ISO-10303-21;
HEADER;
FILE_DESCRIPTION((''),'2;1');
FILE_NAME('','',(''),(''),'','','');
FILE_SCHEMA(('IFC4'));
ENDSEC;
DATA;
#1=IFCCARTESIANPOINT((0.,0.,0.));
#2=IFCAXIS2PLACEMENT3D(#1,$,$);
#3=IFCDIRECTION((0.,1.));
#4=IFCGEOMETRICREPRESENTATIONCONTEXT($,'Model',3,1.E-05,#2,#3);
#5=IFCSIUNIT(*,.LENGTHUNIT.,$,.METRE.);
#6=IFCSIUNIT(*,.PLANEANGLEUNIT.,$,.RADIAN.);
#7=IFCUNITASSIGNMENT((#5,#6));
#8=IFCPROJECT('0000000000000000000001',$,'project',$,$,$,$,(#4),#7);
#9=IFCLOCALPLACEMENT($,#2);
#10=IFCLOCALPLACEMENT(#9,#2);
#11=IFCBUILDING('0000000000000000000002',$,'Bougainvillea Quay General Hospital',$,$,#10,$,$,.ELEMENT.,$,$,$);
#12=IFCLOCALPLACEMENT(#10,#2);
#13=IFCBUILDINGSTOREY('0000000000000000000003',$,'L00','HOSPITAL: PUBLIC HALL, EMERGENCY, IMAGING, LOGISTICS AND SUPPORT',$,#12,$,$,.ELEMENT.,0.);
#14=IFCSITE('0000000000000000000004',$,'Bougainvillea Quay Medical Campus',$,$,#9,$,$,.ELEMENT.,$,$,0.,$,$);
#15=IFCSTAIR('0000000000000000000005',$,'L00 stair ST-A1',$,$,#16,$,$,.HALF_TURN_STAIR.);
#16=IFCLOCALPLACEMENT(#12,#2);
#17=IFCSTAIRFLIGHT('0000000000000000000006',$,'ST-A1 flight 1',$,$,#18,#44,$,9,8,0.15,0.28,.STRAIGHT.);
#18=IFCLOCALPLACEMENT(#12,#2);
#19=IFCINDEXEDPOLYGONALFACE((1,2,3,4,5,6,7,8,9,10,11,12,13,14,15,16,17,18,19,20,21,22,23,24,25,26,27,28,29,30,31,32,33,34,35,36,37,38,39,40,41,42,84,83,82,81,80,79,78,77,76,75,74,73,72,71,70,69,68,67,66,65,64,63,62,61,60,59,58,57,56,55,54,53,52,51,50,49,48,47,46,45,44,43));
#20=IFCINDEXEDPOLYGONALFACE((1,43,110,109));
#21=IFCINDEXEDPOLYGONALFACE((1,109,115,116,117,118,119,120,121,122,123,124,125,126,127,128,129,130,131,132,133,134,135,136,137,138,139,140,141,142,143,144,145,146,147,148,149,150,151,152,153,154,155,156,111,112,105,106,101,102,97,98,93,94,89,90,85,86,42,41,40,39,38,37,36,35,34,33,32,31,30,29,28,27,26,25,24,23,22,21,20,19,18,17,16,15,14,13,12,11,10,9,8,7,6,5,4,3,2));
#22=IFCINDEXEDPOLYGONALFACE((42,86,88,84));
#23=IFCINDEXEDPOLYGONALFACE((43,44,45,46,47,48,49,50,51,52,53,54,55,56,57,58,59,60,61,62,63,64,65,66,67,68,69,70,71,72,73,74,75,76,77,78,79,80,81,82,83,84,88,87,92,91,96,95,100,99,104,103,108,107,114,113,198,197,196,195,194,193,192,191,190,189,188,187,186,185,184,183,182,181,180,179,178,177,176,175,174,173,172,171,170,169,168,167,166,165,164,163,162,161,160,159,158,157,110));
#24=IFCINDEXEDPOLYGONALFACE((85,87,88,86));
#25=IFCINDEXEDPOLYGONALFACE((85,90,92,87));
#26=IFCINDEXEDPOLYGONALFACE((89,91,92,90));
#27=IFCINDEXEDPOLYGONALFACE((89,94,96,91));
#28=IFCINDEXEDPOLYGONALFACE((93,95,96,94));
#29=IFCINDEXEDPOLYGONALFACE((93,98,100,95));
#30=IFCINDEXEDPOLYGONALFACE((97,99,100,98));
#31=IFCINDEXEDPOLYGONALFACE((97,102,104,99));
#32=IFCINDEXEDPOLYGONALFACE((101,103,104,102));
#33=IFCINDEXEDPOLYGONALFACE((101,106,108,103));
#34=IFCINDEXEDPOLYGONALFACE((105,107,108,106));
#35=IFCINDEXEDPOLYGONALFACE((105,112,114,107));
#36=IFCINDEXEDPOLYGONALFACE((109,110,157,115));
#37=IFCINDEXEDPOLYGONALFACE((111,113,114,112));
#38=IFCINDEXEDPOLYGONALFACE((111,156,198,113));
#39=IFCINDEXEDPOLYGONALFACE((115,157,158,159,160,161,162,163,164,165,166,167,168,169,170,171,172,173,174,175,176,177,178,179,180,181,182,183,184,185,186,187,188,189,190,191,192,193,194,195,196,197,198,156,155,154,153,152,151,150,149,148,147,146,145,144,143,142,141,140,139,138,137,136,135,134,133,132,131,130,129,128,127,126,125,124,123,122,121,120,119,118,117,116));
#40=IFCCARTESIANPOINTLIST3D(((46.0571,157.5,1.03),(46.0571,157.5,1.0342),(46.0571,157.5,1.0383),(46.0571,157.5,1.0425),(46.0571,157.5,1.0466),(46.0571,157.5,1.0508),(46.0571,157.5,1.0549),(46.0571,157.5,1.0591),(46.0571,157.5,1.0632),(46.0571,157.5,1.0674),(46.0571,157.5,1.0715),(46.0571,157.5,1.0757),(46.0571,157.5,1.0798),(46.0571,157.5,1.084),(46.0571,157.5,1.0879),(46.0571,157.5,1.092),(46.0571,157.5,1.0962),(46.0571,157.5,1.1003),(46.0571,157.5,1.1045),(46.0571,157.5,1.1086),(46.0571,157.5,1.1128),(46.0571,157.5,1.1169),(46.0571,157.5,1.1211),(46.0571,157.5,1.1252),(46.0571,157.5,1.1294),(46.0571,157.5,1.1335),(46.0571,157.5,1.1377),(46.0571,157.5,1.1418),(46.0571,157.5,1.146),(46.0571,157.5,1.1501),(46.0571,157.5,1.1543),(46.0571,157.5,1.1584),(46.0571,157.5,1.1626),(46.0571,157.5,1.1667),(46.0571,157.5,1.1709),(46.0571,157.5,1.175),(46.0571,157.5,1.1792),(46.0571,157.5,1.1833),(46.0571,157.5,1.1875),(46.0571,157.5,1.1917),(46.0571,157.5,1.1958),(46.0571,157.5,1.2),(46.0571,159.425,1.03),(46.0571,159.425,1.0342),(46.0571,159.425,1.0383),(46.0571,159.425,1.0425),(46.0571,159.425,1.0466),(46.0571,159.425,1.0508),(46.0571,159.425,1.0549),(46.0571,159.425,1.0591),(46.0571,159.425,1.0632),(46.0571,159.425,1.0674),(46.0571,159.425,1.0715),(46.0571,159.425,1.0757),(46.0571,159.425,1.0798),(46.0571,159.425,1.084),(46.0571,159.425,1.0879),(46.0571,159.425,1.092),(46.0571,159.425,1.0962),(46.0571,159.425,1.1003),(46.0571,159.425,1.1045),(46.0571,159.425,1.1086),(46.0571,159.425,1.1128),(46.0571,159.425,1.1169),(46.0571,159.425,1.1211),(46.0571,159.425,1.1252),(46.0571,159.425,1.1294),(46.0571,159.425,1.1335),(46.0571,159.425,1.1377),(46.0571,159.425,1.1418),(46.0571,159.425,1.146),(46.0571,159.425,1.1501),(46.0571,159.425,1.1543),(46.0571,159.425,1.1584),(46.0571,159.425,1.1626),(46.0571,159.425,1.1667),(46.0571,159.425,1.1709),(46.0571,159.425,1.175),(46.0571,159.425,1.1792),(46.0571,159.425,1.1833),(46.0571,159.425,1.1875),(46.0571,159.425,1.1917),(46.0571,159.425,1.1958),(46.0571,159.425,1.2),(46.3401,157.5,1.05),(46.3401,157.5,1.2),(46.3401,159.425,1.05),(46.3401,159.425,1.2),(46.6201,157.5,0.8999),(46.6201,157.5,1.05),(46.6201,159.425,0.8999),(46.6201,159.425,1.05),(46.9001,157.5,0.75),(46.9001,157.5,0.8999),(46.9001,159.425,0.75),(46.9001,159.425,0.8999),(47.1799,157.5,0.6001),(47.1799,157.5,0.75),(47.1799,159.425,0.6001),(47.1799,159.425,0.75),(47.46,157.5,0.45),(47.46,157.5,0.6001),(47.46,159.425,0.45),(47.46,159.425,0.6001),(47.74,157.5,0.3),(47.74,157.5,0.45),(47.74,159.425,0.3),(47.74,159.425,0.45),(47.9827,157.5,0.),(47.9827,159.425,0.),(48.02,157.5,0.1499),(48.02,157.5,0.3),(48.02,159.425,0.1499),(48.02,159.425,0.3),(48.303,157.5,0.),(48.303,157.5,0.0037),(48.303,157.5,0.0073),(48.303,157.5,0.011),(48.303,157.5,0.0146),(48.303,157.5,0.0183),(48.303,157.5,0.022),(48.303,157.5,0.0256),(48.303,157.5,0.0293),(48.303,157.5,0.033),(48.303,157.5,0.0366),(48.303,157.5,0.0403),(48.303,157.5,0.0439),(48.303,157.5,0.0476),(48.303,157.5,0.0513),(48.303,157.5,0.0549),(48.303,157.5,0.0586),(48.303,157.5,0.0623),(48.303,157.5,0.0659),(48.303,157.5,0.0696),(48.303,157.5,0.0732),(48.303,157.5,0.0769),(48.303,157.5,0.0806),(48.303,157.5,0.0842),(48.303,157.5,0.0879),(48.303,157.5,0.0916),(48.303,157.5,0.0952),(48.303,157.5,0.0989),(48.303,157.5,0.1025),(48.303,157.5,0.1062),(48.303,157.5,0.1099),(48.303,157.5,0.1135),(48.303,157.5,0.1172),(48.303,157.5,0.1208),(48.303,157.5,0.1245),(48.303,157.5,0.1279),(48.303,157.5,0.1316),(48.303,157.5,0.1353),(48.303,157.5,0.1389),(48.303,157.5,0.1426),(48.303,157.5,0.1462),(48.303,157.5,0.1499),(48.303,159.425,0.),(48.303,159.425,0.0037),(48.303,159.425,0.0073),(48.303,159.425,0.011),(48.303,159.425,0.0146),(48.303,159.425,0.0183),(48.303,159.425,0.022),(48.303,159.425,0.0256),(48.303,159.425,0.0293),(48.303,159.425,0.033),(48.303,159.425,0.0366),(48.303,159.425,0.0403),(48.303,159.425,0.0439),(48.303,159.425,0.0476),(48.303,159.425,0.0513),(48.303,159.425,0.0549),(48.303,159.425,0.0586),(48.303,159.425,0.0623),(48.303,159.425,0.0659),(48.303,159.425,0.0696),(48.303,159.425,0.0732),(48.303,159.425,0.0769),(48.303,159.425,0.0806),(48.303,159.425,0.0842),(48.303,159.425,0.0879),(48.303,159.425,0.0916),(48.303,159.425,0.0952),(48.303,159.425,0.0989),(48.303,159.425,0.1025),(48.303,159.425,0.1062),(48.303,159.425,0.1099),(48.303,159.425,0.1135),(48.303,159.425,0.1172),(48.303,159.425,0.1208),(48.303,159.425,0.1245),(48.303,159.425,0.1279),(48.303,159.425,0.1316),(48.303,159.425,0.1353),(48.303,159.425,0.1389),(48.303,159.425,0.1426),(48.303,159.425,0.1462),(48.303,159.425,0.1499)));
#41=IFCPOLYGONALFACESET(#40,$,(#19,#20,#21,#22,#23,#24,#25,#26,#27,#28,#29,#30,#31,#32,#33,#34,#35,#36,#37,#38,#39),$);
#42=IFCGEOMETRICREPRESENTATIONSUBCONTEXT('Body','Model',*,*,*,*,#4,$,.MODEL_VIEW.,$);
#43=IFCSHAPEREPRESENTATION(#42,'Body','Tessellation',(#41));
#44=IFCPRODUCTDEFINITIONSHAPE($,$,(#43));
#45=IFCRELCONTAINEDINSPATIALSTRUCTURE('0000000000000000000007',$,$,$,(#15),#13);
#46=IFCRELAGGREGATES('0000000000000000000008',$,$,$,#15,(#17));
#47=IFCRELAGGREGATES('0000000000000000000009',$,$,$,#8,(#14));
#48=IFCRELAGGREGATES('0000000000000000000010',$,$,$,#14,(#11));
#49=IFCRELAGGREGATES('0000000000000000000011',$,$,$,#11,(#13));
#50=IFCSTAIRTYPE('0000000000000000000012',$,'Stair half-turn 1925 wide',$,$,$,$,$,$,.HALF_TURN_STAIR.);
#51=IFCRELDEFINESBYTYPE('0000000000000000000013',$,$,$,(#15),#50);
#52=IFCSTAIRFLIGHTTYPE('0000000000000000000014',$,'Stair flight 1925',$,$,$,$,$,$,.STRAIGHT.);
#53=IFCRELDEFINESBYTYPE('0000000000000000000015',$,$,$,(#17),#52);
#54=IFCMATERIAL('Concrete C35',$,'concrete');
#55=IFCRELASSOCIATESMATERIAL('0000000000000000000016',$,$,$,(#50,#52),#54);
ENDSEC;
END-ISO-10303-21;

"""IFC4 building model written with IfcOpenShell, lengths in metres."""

from ifc_helpers import new_model, si_unit, direction, frame, origin, place, context, subcontext, project, spatial, polyline, outline, extrude, material, type_object, element, aggregate, save


model = new_model("IFC4")

# Units and contexts
model_context = context("Model", 3, precision=1e-05, world=origin(), true_north=direction((0.0, 1.0)))
body_context = subcontext(model_context, "Body", "Model", "MODEL_VIEW")
ifc_project = project(units=[si_unit("LENGTHUNIT", "METRE"), si_unit("PLANEANGLEUNIT", "RADIAN")], contexts=[model_context])

# Site, building, storey
site_placement = place(None, origin())
site = spatial("IfcSite", under=ifc_project, at=site_placement, Name="Bougainvillea Quay Medical Campus", CompositionType="ELEMENT", RefElevation=0.0)
building_placement = place(site_placement, origin())
building = spatial("IfcBuilding", under=site, at=building_placement, Name="Bougainvillea Quay General Hospital", CompositionType="ELEMENT")
storey_placement = place(building_placement, origin())
storey = spatial("IfcBuildingStorey", under=building, at=storey_placement, Name="L00", Description="HOSPITAL: PUBLIC HALL, EMERGENCY, IMAGING, LOGISTICS AND SUPPORT", CompositionType="ELEMENT", Elevation=0.0)

# Stair, stair flight
ifc_material_1 = material(Name="Concrete C35", Category="concrete")
stair_type = type_object("IfcStairType", Name="Stair half-turn 1925 wide", PredefinedType="HALF_TURN_STAIR", material=ifc_material_1)
stair_placement = place(storey_placement, origin())
stair = element("IfcStair", 1, at=stair_placement, inside=storey, type_object=stair_type, Name="L00 stair ST-A1", PredefinedType="HALF_TURN_STAIR")
stair_flight_type = type_object("IfcStairFlightType", Name="Stair flight 1925", PredefinedType="STRAIGHT", material=ifc_material_1)
stair_flight_1_placement = place(storey_placement, frame((48.3, 158.4624, 0.0), z_axis=(0.0, 0.0, 1.0), x_axis=(-1.0, 0.0, 0.0)))
stair_flight_1 = element("IfcStairFlight", 2, at=stair_flight_1_placement, type_object=stair_flight_type, Name="ST-A1 flight 1", NumberOfRisers=9, NumberOfTreads=8, PredefinedType="STRAIGHT", RiserHeight=0.15, TreadLength=0.28, context=body_context, shape_type="SweptSolid", body=[
    extrude(outline(polyline([(-0.0029, 0.0), (-0.0029, 0.0037), (-0.0029, 0.0073), (-0.0029, 0.011), (-0.0029, 0.0146), (-0.0029, 0.0183), (-0.0029, 0.022), (-0.0029, 0.0256), (-0.0029, 0.0293), (-0.0029, 0.033), (-0.0029, 0.0366), (-0.0029, 0.0403), (-0.0029, 0.0439), (-0.0029, 0.0476), (-0.0029, 0.0513), (-0.0029, 0.0549), (-0.0029, 0.0586), (-0.0029, 0.0623), (-0.0029, 0.0659), (-0.0029, 0.0696), (-0.0029, 0.0732), (-0.0029, 0.0769), (-0.0029, 0.0806), (-0.0029, 0.0842), (-0.0029, 0.0879), (-0.0029, 0.0916), (-0.0029, 0.0952), (-0.0029, 0.0989), (-0.0029, 0.1025), (-0.0029, 0.1062), (-0.0029, 0.1099), (-0.0029, 0.1135), (-0.0029, 0.1172), (-0.0029, 0.1208), (-0.0029, 0.1245), (-0.0029, 0.1279), (-0.0029, 0.1316), (-0.0029, 0.1353), (-0.0029, 0.1389), (-0.0029, 0.1426), (-0.0029, 0.1462), (-0.0029, 0.1499), (0.28, 0.1499), (0.28, 0.3), (0.5601, 0.3), (0.5601, 0.45), (0.8401, 0.45), (0.8401, 0.6001), (1.1201, 0.6001), (1.1201, 0.75), (1.3999, 0.75), (1.3999, 0.8999), (1.6799, 0.8999), (1.6799, 1.05), (1.96, 1.05), (1.96, 1.2), (2.2429, 1.2), (2.2429, 1.1958), (2.2429, 1.1917), (2.2429, 1.1875), (2.2429, 1.1833), (2.2429, 1.1792), (2.2429, 1.175), (2.2429, 1.1709), (2.2429, 1.1667), (2.2429, 1.1626), (2.2429, 1.1584), (2.2429, 1.1543), (2.2429, 1.1501), (2.2429, 1.146), (2.2429, 1.1418), (2.2429, 1.1377), (2.2429, 1.1335), (2.2429, 1.1294), (2.2429, 1.1252), (2.2429, 1.1211), (2.2429, 1.1169), (2.2429, 1.1128), (2.2429, 1.1086), (2.2429, 1.1045), (2.2429, 1.1003), (2.2429, 1.0962), (2.2429, 1.092), (2.2429, 1.0879), (2.2429, 1.084), (2.2429, 1.0798), (2.2429, 1.0757), (2.2429, 1.0715), (2.2429, 1.0674), (2.2429, 1.0632), (2.2429, 1.0591), (2.2429, 1.0549), (2.2429, 1.0508), (2.2429, 1.0466), (2.2429, 1.0425), (2.2429, 1.0383), (2.2429, 1.0342), (2.2429, 1.03), (0.3174, 0.0), (-0.0029, 0.0)])), frame((0.0, 0.9624, 0.0), z_axis=(0.0, -1.0, 0.0), x_axis=(1.0, 0.0, 0.0)), (0.0, 0.0, 1.0), 1.925),
])
aggregate(stair, [stair_flight_1])

save(model, "model.ifc")
